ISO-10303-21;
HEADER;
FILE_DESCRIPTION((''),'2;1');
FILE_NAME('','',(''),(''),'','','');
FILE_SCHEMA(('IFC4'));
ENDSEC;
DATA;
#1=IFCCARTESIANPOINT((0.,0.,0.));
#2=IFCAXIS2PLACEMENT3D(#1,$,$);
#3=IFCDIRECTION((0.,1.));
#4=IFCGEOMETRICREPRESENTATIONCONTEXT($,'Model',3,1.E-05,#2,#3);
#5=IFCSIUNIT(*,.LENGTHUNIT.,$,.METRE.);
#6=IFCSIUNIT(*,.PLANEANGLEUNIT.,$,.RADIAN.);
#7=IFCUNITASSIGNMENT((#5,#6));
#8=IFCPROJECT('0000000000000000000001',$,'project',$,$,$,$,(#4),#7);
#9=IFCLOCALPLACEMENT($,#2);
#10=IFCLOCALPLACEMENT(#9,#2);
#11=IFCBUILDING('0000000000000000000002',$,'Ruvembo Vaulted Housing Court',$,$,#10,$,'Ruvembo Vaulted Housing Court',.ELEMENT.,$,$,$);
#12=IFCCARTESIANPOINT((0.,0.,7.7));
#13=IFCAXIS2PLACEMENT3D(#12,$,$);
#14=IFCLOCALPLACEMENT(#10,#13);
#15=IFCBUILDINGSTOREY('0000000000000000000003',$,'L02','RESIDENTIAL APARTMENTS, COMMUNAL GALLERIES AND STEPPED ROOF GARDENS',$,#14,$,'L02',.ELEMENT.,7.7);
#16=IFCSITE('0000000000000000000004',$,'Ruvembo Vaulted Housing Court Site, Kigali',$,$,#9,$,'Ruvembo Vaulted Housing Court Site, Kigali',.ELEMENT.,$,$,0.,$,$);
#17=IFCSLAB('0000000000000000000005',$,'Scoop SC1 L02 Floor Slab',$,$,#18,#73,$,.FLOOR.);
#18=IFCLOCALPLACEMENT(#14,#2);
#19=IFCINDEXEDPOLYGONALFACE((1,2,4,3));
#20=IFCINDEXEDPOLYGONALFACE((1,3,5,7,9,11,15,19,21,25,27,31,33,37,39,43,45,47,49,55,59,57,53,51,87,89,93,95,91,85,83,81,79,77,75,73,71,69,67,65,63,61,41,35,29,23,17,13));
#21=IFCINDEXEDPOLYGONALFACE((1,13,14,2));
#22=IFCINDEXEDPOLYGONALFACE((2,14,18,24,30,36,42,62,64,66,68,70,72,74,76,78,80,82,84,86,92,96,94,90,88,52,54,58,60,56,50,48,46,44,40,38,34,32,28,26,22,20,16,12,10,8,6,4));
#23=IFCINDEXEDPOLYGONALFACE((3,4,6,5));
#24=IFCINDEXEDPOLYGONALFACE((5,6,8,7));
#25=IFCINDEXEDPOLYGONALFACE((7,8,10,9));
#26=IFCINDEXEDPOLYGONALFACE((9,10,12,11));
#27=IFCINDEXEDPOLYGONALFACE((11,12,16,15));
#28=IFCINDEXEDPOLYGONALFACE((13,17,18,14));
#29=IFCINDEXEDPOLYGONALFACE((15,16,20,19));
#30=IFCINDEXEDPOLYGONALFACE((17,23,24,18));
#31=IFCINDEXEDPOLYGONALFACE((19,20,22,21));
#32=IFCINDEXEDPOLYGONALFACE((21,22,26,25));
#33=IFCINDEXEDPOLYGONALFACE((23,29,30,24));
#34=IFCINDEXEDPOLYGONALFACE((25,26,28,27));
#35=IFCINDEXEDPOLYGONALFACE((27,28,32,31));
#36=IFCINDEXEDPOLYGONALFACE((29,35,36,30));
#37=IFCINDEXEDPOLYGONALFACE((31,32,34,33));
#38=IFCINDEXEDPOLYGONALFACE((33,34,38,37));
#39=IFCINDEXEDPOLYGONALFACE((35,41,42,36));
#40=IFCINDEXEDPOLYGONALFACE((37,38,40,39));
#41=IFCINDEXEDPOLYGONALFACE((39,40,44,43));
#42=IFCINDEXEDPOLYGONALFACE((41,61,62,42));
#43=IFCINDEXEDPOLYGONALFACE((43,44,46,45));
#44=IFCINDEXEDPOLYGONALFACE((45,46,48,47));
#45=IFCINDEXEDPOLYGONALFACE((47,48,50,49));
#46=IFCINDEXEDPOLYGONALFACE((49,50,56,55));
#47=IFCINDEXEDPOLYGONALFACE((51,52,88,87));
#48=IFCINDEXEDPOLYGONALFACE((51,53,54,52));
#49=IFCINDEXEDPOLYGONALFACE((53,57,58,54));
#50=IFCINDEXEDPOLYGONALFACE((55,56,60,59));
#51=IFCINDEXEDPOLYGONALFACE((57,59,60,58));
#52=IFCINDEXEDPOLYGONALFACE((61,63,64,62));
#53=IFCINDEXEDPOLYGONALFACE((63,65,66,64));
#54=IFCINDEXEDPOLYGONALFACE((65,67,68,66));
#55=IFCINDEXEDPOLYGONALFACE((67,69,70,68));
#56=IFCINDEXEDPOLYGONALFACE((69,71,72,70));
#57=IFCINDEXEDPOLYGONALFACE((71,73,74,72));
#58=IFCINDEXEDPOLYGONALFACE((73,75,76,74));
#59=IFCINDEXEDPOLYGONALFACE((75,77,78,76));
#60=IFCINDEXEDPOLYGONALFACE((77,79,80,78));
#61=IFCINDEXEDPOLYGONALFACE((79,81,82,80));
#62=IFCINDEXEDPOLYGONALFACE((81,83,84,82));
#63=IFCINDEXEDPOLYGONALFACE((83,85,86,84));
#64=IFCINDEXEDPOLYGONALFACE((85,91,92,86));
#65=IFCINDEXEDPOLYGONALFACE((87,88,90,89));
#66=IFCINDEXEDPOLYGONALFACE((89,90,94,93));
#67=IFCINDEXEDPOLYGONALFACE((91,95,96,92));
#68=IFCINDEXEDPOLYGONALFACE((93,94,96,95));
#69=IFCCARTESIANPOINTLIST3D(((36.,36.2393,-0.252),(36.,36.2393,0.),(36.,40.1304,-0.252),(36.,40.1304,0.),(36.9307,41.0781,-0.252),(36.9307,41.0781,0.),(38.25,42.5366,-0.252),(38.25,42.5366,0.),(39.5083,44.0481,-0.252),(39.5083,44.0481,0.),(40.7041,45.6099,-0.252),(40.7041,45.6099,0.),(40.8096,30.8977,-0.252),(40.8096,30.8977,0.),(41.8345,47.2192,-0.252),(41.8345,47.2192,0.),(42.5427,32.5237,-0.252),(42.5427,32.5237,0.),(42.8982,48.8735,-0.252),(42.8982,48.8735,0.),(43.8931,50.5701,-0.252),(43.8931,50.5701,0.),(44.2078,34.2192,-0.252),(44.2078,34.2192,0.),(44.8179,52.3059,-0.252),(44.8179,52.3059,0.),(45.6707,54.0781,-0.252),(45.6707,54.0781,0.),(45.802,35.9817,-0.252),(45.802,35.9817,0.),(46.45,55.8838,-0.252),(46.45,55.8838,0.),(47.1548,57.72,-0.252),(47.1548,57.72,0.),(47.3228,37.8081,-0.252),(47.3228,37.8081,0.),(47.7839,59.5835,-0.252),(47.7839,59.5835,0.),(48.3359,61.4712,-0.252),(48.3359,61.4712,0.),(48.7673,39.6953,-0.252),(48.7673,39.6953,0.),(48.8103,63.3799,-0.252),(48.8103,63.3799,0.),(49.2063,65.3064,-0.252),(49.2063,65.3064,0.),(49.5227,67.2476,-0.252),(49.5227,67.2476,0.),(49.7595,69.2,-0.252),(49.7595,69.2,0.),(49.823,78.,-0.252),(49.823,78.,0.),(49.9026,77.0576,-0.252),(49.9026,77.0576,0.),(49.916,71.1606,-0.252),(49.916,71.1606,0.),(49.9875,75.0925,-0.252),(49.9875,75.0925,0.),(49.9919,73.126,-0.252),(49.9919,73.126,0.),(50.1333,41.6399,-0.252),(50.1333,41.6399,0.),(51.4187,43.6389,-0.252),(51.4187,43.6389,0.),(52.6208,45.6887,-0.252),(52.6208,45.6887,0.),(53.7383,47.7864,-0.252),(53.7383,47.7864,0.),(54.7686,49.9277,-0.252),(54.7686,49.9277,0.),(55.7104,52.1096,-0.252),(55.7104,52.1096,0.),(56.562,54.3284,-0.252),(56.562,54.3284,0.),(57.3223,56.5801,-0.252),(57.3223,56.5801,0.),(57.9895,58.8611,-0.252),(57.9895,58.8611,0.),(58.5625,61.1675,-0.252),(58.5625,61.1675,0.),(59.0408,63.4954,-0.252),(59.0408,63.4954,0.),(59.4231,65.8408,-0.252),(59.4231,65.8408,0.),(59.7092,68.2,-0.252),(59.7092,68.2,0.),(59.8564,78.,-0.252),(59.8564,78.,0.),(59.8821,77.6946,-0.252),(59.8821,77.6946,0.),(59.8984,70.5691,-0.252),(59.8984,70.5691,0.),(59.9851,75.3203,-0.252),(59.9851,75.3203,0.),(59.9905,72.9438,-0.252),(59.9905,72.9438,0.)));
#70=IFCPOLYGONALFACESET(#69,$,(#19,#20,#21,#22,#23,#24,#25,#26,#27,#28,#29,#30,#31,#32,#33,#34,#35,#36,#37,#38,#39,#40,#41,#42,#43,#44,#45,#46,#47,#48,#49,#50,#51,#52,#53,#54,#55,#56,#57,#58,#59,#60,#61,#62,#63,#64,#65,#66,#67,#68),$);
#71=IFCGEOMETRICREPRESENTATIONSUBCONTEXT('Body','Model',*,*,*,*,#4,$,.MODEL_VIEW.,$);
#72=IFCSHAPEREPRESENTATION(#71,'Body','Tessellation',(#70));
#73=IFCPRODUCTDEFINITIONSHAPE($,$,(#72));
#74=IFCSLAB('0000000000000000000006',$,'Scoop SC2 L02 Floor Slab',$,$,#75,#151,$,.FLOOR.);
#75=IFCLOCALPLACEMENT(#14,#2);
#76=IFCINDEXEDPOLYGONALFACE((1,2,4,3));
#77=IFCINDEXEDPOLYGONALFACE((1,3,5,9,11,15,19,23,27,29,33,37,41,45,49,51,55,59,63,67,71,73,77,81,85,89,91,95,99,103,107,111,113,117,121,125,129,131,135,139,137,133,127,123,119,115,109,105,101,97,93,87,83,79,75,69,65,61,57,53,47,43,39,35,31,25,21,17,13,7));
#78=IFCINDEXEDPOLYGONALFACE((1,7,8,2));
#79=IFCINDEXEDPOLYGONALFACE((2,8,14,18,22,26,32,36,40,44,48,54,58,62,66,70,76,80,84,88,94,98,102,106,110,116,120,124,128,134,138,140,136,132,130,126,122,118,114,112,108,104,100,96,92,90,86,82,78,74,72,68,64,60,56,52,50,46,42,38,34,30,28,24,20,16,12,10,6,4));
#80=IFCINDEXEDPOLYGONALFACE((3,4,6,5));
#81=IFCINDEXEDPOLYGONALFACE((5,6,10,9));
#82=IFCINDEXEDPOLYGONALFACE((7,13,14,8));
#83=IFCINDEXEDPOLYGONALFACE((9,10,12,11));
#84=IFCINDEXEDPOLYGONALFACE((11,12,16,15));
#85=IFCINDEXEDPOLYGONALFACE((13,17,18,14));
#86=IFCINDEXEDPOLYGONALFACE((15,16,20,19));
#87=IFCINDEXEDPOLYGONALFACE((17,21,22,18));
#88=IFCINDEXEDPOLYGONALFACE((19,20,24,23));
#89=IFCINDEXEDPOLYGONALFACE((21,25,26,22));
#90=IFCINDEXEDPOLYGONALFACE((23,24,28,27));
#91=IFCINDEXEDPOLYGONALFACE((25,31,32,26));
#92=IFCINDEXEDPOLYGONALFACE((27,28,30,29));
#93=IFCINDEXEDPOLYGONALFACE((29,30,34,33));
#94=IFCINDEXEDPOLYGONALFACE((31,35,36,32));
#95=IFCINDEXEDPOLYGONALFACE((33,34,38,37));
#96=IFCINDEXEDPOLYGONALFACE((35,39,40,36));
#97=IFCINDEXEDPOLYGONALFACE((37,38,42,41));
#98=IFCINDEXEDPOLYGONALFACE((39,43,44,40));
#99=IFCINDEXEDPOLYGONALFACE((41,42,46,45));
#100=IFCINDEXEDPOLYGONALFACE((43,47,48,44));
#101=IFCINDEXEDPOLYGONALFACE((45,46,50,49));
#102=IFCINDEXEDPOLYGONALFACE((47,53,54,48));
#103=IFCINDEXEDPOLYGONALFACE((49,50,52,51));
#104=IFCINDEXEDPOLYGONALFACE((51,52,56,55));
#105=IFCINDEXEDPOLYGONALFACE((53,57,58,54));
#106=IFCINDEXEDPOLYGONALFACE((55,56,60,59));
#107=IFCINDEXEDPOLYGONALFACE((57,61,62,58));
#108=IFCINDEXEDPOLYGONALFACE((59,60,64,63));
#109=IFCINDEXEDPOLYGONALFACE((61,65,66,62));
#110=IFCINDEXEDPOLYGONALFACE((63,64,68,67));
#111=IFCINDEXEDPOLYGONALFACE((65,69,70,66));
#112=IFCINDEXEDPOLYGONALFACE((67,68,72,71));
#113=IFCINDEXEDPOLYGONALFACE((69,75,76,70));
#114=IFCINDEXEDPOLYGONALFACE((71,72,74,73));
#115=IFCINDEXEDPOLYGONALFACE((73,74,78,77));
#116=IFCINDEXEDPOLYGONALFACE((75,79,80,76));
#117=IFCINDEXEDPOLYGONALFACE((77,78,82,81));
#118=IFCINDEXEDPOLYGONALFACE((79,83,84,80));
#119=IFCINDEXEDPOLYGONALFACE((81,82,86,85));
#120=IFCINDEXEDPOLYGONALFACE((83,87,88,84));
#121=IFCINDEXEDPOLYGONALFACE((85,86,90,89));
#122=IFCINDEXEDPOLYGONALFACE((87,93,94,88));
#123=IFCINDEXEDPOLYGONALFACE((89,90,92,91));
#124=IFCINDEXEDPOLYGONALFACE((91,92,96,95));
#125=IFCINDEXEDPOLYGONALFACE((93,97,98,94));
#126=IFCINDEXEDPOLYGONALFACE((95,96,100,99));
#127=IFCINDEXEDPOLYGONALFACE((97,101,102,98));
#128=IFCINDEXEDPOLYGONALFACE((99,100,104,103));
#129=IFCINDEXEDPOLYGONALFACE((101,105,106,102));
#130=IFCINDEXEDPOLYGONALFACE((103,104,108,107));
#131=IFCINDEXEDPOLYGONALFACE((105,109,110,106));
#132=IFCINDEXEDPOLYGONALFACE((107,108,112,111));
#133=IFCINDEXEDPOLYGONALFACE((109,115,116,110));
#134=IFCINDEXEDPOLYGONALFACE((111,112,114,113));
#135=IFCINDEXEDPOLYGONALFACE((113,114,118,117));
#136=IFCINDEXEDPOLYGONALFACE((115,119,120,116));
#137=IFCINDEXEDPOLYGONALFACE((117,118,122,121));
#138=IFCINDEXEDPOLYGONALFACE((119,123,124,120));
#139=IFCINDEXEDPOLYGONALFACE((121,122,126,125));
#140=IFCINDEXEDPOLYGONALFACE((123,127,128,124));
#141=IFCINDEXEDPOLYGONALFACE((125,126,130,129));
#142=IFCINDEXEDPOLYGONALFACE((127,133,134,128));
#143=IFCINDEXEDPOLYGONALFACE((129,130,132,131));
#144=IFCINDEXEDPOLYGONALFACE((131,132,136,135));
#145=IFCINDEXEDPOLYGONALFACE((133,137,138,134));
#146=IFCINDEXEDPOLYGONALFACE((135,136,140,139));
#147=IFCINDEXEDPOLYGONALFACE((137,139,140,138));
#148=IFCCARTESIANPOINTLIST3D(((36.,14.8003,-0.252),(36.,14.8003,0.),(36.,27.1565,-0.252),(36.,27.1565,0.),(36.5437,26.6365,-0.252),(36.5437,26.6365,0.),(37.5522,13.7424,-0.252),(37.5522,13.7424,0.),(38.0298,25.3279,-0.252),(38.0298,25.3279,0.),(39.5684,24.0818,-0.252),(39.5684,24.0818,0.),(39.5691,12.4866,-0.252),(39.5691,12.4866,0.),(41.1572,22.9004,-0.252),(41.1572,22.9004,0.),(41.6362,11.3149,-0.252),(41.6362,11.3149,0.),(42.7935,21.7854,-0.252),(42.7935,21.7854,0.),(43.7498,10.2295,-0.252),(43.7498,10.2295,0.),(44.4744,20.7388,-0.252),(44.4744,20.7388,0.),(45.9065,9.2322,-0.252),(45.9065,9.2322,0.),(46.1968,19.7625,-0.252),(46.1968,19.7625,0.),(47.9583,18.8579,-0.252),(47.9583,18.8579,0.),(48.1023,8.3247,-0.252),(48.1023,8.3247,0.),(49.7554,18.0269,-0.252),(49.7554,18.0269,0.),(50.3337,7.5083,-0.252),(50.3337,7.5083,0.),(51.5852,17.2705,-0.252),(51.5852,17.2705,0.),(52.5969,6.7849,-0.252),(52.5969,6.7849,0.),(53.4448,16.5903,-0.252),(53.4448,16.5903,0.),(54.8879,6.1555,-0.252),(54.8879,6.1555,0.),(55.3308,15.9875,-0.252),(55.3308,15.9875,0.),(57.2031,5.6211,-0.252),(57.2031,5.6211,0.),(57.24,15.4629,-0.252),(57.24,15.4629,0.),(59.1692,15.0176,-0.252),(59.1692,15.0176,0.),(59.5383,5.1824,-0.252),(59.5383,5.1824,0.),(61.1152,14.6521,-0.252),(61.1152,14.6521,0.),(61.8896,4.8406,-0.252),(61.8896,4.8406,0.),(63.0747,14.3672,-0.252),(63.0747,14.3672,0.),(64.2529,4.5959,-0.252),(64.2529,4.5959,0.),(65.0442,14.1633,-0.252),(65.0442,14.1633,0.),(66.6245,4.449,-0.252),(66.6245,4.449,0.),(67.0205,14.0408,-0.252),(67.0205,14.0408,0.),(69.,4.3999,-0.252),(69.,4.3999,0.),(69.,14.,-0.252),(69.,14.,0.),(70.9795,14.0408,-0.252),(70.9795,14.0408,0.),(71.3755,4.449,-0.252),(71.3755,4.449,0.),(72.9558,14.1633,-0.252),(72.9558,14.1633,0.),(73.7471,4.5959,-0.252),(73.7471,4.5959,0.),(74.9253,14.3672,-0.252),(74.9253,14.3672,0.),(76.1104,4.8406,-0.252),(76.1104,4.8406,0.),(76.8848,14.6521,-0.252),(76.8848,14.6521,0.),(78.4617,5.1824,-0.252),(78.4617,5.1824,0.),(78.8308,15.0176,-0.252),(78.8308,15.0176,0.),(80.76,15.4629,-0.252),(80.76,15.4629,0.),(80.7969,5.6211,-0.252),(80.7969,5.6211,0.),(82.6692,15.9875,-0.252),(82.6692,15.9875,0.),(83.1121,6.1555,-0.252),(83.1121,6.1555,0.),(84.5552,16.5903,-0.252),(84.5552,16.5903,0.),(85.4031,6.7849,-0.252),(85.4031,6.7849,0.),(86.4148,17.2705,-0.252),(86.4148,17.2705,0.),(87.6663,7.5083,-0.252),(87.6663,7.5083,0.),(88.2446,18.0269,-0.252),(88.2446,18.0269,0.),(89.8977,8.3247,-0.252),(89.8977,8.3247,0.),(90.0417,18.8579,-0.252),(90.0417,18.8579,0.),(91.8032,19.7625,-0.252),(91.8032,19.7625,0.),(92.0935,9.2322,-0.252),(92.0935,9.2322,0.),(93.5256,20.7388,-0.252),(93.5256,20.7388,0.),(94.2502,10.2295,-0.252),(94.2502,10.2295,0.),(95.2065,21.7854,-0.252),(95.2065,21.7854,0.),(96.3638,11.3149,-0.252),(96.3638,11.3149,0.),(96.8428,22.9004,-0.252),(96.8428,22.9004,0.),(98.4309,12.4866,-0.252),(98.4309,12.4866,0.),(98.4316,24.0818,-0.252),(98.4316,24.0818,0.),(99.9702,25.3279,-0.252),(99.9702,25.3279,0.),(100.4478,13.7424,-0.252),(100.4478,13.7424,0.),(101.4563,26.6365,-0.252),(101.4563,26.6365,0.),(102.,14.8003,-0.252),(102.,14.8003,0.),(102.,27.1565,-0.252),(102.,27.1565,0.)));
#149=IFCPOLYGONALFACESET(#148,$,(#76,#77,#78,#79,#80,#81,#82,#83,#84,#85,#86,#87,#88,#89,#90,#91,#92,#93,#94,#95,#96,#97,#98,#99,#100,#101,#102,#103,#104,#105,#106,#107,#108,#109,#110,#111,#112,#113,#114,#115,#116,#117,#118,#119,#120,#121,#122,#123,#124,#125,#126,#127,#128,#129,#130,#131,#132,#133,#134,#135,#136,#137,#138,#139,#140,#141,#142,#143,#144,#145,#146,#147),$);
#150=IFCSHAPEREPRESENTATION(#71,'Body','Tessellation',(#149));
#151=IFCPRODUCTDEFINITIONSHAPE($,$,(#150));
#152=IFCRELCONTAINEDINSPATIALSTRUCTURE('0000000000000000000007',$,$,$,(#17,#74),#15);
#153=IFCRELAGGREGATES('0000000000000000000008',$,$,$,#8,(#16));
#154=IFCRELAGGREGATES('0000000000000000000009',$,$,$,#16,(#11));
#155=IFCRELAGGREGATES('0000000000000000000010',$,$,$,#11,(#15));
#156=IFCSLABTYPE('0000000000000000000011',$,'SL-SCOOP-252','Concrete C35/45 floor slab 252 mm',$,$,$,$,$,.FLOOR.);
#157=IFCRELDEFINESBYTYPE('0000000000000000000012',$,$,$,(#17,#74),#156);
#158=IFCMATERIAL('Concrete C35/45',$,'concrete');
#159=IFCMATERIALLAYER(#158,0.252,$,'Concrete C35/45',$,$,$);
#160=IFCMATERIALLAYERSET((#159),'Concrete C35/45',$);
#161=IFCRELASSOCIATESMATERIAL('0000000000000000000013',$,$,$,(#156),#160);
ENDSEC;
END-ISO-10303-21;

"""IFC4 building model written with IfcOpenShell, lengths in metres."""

from ifc_helpers import new_model, si_unit, direction, frame, origin, place, context, subcontext, project, spatial, polyline, outline, extrude, material, layer, layer_set, type_object, element, save


model = new_model("IFC4")

# Units and contexts
model_context = context("Model", 3, precision=1e-05, world=origin(), true_north=direction((0.0, 1.0)))
body_context = subcontext(model_context, "Body", "Model", "MODEL_VIEW")
ifc_project = project(units=[si_unit("LENGTHUNIT", "METRE"), si_unit("PLANEANGLEUNIT", "RADIAN")], contexts=[model_context])

# Site, building, storey
site_placement = place(None, origin())
site = spatial("IfcSite", under=ifc_project, at=site_placement, Name="Ruvembo Vaulted Housing Court Site, Kigali", LongName="Ruvembo Vaulted Housing Court Site, Kigali", CompositionType="ELEMENT", RefElevation=0.0)
building_placement = place(site_placement, origin())
building = spatial("IfcBuilding", under=site, at=building_placement, Name="Ruvembo Vaulted Housing Court", LongName="Ruvembo Vaulted Housing Court", CompositionType="ELEMENT")
storey_placement = place(building_placement, frame((0.0, 0.0, 7.7)))
storey = spatial("IfcBuildingStorey", under=building, at=storey_placement, Name="L02", Description="RESIDENTIAL APARTMENTS, COMMUNAL GALLERIES AND STEPPED ROOF GARDENS", LongName="L02", CompositionType="ELEMENT", Elevation=7.7)

# Shared definitions
ifc_material_1 = material(Name="Concrete C35/45", Category="concrete")

# Slabs
ifc_layer_1 = layer(ifc_material_1, 0.252, Name="Concrete C35/45")
ifc_layer_set_1 = layer_set([ifc_layer_1], Name="Concrete C35/45")
slab_type_1 = type_object("IfcSlabType", Name="SL-SCOOP-252", Description="Concrete C35/45 floor slab 252 mm", PredefinedType="FLOOR", material=ifc_layer_set_1)
slab_1_placement = place(storey_placement, frame((0.0, 0.0, -0.252)))
element("IfcSlab", 1, at=slab_1_placement, inside=storey, type_object=slab_type_1, Name="Scoop SC1 L02 Floor Slab", PredefinedType="FLOOR", context=body_context, shape_type="SweptSolid", body=[
    extrude(outline(polyline([(36.0, 40.1304), (36.0, 36.2393), (40.8096, 30.8977), (42.5427, 32.5237), (44.2078, 34.2192), (45.802, 35.9817), (47.3228, 37.8081), (48.7673, 39.6953), (50.1333, 41.6399), (51.4187, 43.6389), (52.6208, 45.6887), (53.7383, 47.7864), (54.7686, 49.9277), (55.7104, 52.1096), (56.562, 54.3284), (57.3223, 56.5801), (57.9895, 58.8611), (58.5625, 61.1675), (59.0408, 63.4954), (59.4231, 65.8408), (59.7092, 68.2), (59.8984, 70.5691), (59.9905, 72.9438), (59.9851, 75.3203), (59.8821, 77.6946), (59.8564, 78.0), (49.823, 78.0), (49.9026, 77.0576), (49.9875, 75.0925), (49.9919, 73.126), (49.916, 71.1606), (49.7595, 69.2), (49.5227, 67.2476), (49.2063, 65.3064), (48.8103, 63.3799), (48.3359, 61.4712), (47.7839, 59.5835), (47.1548, 57.72), (46.45, 55.8838), (45.6707, 54.0781), (44.8179, 52.3059), (43.8931, 50.5701), (42.8982, 48.8735), (41.8345, 47.2192), (40.7041, 45.6099), (39.5083, 44.0481), (38.25, 42.5366), (36.9307, 41.0781), (36.0, 40.1304)])), origin(), (0.0, 0.0, 1.0), 0.252),
])
slab_2_placement = place(storey_placement, frame((0.0, 0.0, -0.252)))
element("IfcSlab", 2, at=slab_2_placement, inside=storey, type_object=slab_type_1, Name="Scoop SC2 L02 Floor Slab", PredefinedType="FLOOR", context=body_context, shape_type="SweptSolid", body=[
    extrude(outline(polyline([(36.0, 27.1565), (36.0, 14.8003), (37.5522, 13.7424), (39.5691, 12.4866), (41.6362, 11.3149), (43.7498, 10.2295), (45.9065, 9.2322), (48.1023, 8.3247), (50.3337, 7.5083), (52.5969, 6.7849), (54.8879, 6.1555), (57.2031, 5.6211), (59.5383, 5.1824), (61.8896, 4.8406), (64.2529, 4.5959), (66.6245, 4.449), (69.0, 4.3999), (71.3755, 4.449), (73.7471, 4.5959), (76.1104, 4.8406), (78.4617, 5.1824), (80.7969, 5.6211), (83.1121, 6.1555), (85.4031, 6.7849), (87.6663, 7.5083), (89.8977, 8.3247), (92.0935, 9.2322), (94.2502, 10.2295), (96.3638, 11.3149), (98.4309, 12.4866), (100.4478, 13.7424), (102.0, 14.8003), (102.0, 27.1565), (101.4563, 26.6365), (99.9702, 25.3279), (98.4316, 24.0818), (96.8428, 22.9004), (95.2065, 21.7854), (93.5256, 20.7388), (91.8032, 19.7625), (90.0417, 18.8579), (88.2446, 18.0269), (86.4148, 17.2705), (84.5552, 16.5903), (82.6692, 15.9875), (80.76, 15.4629), (78.8308, 15.0176), (76.8848, 14.6521), (74.9253, 14.3672), (72.9558, 14.1633), (70.9795, 14.0408), (69.0, 14.0), (67.0205, 14.0408), (65.0442, 14.1633), (63.0747, 14.3672), (61.1152, 14.6521), (59.1692, 15.0176), (57.24, 15.4629), (55.3308, 15.9875), (53.4448, 16.5903), (51.5852, 17.2705), (49.7554, 18.0269), (47.9583, 18.8579), (46.1968, 19.7625), (44.4744, 20.7388), (42.7935, 21.7854), (41.1572, 22.9004), (39.5684, 24.0818), (38.0298, 25.3279), (36.5437, 26.6365), (36.0, 27.1565)])), origin(), (0.0, 0.0, 1.0), 0.252),
])

save(model, "model.ifc")
